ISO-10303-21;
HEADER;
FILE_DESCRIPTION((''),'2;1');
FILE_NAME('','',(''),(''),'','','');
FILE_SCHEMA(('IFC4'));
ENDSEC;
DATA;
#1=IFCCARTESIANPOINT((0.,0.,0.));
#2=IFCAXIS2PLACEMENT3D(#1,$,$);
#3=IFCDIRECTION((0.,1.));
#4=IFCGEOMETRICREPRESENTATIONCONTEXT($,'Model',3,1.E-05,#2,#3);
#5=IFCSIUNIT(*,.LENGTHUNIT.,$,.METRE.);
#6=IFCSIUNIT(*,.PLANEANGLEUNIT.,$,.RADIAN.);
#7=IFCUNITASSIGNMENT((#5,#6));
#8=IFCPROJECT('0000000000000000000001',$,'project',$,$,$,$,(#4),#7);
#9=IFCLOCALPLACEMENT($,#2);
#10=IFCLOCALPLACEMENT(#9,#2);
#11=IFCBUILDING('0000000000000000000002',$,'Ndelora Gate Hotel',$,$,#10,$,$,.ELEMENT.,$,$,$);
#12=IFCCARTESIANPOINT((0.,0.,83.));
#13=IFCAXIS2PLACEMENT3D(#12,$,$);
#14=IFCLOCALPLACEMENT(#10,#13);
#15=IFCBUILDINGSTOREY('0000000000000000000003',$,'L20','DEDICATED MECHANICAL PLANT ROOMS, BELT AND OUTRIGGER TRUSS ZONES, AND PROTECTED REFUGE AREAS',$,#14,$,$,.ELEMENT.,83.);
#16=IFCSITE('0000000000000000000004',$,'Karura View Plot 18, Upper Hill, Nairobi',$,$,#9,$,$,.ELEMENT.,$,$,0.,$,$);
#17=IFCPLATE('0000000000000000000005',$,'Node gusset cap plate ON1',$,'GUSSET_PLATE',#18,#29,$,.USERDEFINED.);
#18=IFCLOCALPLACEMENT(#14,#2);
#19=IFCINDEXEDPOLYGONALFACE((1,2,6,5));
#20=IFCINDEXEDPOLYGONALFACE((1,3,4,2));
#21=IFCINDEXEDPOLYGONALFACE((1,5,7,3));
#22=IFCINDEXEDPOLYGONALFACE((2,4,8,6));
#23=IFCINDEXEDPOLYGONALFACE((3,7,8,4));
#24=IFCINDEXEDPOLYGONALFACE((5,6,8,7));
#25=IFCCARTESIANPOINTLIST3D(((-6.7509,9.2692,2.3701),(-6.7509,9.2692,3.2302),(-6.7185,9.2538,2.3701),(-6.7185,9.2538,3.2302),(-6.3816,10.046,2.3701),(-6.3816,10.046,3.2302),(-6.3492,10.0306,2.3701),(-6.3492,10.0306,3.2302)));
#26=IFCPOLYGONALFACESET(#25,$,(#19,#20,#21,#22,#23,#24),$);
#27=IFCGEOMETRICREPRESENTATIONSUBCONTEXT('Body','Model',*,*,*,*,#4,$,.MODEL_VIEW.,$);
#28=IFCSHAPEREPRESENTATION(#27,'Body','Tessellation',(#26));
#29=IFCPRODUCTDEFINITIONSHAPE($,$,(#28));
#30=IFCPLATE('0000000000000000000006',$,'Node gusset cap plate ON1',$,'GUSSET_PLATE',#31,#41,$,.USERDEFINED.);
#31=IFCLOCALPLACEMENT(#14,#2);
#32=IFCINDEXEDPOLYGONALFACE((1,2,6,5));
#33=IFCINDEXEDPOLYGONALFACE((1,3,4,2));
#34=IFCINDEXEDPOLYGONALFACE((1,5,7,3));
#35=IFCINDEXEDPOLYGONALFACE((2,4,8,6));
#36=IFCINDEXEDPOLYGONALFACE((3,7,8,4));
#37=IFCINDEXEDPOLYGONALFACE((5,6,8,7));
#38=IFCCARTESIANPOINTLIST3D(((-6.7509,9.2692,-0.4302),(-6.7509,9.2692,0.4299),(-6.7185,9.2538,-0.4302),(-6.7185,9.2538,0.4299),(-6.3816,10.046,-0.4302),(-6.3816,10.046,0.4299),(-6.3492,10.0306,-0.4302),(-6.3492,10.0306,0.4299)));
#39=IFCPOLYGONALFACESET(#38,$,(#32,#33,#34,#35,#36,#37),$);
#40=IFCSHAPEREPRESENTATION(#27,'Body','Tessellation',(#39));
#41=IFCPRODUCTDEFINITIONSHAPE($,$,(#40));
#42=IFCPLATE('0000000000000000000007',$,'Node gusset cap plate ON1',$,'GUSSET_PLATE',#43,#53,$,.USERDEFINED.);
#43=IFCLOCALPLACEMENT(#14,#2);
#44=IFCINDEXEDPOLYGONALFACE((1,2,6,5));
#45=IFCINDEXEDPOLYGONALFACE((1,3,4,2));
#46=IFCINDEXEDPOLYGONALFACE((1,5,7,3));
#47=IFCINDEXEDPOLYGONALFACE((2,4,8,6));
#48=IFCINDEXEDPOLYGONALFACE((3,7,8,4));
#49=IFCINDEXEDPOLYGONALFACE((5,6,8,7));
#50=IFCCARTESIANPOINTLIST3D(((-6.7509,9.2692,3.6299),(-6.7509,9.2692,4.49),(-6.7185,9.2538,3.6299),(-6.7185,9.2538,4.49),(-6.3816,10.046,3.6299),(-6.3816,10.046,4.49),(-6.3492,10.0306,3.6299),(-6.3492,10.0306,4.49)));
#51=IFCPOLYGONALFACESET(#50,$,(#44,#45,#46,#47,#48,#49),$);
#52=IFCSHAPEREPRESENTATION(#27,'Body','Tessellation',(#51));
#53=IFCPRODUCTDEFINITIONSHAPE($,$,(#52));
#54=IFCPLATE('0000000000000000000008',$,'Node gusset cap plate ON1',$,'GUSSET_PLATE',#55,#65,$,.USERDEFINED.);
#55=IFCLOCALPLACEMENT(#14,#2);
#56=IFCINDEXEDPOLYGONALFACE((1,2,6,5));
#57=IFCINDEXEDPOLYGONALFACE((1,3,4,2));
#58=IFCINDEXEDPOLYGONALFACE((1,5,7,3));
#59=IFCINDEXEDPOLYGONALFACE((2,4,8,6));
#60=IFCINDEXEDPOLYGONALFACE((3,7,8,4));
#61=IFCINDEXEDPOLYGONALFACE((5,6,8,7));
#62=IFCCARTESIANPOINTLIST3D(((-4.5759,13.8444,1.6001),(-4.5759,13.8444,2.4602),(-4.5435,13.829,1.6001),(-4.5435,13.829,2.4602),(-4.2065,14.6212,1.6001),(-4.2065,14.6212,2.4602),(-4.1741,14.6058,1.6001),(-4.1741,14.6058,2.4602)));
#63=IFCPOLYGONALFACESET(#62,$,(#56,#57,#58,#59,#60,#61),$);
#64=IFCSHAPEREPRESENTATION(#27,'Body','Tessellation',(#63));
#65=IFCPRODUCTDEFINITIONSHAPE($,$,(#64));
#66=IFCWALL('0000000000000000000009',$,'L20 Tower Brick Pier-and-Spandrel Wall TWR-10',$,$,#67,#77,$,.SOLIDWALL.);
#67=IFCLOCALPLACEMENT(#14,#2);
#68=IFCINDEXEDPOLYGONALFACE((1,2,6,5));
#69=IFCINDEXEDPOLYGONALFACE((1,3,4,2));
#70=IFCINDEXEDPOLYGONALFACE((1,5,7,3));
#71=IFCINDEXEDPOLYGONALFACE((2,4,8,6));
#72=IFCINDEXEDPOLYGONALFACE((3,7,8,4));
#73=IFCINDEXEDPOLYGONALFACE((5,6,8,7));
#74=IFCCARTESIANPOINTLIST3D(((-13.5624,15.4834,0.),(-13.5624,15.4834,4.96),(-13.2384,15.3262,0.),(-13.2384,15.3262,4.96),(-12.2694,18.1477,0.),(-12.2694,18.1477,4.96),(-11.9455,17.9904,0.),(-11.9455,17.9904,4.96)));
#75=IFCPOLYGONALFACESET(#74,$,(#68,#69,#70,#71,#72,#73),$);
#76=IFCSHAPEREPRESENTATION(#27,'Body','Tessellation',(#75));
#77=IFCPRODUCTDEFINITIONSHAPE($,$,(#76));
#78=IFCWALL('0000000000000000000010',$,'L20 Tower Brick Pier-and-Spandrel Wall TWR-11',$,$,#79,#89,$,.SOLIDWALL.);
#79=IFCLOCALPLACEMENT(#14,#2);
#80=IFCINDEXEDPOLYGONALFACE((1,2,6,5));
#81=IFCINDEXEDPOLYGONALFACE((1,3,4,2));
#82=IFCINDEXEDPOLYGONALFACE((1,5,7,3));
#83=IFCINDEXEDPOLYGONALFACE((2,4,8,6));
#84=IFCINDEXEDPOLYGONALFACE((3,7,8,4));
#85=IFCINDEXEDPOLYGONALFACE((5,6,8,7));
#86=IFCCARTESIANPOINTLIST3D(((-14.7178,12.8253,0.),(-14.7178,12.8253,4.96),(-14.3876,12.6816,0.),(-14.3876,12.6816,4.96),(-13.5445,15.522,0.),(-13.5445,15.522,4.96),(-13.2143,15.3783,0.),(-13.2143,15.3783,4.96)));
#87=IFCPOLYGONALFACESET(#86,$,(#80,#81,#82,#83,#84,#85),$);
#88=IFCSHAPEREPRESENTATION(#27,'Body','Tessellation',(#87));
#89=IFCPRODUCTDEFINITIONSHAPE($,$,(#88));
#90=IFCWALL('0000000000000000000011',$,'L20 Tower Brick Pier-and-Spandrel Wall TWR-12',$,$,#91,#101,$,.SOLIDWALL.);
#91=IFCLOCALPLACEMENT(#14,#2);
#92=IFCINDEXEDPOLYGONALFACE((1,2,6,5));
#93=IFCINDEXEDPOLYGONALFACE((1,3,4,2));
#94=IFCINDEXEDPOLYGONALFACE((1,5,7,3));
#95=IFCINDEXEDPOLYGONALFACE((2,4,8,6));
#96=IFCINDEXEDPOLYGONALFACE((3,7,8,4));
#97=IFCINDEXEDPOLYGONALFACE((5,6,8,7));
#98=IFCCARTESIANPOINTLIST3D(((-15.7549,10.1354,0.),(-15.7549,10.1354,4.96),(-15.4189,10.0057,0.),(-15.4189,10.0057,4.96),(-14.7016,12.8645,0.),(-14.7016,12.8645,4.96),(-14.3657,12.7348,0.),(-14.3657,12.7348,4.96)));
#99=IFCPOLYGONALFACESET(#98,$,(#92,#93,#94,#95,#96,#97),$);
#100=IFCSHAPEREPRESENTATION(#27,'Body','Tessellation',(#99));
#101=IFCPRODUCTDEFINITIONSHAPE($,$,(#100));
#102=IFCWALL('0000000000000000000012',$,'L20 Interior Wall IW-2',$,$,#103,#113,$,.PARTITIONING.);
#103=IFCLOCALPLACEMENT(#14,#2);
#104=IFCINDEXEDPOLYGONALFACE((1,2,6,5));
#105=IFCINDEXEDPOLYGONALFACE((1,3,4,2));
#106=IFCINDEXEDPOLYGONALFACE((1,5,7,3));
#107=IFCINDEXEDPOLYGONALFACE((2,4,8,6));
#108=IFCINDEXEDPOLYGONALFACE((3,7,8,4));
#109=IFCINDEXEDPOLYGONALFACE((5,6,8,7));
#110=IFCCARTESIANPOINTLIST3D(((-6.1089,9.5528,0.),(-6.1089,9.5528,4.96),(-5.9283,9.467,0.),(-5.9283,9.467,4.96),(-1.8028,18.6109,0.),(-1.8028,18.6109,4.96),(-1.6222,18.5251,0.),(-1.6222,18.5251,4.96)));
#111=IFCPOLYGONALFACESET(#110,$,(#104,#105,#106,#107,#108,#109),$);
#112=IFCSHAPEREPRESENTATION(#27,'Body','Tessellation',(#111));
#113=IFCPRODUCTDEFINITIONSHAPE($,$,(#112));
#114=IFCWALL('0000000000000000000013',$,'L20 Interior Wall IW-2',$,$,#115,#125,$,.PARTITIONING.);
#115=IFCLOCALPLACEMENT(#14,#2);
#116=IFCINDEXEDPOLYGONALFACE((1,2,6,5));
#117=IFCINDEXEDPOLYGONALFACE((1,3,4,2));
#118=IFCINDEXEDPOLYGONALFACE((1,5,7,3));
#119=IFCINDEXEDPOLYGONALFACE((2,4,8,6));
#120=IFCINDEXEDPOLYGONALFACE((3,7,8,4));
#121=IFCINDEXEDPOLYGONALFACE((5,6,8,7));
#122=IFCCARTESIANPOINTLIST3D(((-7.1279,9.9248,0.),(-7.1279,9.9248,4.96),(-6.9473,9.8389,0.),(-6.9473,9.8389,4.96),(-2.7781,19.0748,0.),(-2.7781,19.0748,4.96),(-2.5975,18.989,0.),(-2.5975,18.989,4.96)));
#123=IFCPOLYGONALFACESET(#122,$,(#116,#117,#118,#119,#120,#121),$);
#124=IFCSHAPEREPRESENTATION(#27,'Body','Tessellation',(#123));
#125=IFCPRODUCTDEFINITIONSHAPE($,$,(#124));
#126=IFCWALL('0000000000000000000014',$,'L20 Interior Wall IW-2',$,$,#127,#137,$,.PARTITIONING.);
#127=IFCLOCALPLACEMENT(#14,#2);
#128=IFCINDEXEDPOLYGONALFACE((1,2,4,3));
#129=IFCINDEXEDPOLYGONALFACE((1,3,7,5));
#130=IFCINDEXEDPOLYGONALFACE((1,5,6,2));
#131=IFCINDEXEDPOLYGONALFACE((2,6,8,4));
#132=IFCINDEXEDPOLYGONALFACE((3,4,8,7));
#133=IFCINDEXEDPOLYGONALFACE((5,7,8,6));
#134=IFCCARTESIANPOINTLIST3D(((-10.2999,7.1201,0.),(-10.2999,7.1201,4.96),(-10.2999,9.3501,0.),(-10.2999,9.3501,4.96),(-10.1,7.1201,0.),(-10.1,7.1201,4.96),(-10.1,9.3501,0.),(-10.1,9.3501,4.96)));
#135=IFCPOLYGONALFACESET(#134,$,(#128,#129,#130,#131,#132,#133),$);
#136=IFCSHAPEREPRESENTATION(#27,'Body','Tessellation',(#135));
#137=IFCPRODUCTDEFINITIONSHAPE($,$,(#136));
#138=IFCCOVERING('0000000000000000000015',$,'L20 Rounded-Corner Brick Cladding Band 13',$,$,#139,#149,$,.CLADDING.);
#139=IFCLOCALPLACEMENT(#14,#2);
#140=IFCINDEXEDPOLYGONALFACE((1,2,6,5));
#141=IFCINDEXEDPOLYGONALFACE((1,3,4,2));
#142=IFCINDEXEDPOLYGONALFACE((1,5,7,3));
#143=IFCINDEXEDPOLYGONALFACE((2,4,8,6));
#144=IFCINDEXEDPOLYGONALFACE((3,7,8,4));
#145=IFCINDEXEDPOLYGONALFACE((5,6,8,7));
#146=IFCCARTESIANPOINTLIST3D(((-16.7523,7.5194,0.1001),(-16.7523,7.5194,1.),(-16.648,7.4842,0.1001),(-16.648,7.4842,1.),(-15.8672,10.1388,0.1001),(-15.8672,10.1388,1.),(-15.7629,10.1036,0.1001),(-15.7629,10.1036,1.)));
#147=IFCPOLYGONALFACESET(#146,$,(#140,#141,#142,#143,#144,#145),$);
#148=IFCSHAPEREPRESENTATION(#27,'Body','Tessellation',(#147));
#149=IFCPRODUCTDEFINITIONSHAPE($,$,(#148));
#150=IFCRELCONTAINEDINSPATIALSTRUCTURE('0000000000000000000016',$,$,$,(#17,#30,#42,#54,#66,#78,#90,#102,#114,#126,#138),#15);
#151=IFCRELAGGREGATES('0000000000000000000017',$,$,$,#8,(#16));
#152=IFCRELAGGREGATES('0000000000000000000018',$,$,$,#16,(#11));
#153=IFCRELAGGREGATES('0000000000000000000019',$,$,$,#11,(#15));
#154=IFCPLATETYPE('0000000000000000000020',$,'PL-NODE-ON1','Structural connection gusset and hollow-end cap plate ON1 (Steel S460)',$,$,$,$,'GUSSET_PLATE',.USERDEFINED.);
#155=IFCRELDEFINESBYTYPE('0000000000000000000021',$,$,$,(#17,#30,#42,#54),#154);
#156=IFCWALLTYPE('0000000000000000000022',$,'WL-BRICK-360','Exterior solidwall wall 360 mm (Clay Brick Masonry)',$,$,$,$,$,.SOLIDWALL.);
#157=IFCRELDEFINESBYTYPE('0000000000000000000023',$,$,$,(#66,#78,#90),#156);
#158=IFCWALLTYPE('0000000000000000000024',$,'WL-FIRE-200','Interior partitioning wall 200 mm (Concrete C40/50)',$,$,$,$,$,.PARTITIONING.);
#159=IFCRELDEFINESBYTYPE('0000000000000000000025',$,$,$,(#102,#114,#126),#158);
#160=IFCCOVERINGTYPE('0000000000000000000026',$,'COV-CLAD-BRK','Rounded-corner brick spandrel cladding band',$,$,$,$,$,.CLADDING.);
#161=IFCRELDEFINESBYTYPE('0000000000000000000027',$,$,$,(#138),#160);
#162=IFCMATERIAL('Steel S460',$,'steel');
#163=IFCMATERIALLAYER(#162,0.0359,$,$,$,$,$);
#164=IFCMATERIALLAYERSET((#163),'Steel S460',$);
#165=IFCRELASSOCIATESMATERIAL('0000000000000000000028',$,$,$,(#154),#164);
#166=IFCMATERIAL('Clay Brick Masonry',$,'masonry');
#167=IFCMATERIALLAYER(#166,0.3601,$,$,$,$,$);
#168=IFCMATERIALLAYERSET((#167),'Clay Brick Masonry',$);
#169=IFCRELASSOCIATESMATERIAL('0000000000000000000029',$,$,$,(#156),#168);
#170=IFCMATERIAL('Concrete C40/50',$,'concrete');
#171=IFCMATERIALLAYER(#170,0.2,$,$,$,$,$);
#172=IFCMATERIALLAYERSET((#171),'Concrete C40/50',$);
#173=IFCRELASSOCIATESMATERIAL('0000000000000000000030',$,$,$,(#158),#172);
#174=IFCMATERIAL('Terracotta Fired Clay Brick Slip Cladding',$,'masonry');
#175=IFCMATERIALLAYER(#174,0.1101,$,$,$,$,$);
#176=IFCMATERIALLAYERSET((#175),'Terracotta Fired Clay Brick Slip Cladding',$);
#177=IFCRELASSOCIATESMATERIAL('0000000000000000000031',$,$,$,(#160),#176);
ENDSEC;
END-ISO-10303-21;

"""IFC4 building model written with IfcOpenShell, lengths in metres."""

from ifc_helpers import new_model, si_unit, direction, frame, frame_2d, origin, origin_2d, place, context, subcontext, project, spatial, rectangle, extrude, material, layer, layer_set, type_object, element, save


model = new_model("IFC4")

# Units and contexts
model_context = context("Model", 3, precision=1e-05, world=origin(), true_north=direction((0.0, 1.0)))
body_context = subcontext(model_context, "Body", "Model", "MODEL_VIEW")
ifc_project = project(units=[si_unit("LENGTHUNIT", "METRE"), si_unit("PLANEANGLEUNIT", "RADIAN")], contexts=[model_context])

# Site, building, storey
site_placement = place(None, origin())
site = spatial("IfcSite", under=ifc_project, at=site_placement, Name="Karura View Plot 18, Upper Hill, Nairobi", CompositionType="ELEMENT", RefElevation=0.0)
building_placement = place(site_placement, origin())
building = spatial("IfcBuilding", under=site, at=building_placement, Name="Ndelora Gate Hotel", CompositionType="ELEMENT")
storey_placement = place(building_placement, frame((0.0, 0.0, 83.0)))
storey = spatial("IfcBuildingStorey", under=building, at=storey_placement, Name="L20", Description="DEDICATED MECHANICAL PLANT ROOMS, BELT AND OUTRIGGER TRUSS ZONES, AND PROTECTED REFUGE AREAS", CompositionType="ELEMENT", Elevation=83.0)

# Shared definitions
ifc_material_1 = material(Name="Steel S460", Category="steel")

# Plates
ifc_layer_1 = layer(ifc_material_1, 0.0359)
ifc_layer_set_1 = layer_set([ifc_layer_1], Name="Steel S460")
plate_type_1 = type_object("IfcPlateType", Name="PL-NODE-ON1", Description="Structural connection gusset and hollow-end cap plate ON1 (Steel S460)", ElementType="GUSSET_PLATE", PredefinedType="USERDEFINED", material=ifc_layer_set_1)
for number, where, z_axis, x_axis, name in (
    (1, (-6.55, 9.6499, 2.3701), (0.0, 0.0, 1.0), (0.429408, 0.903111, 0.0), "Node gusset cap plate ON1"),
    (2, (-6.55, 9.6499, -0.4302), (0.0, 0.0, 1.0), (0.429408, 0.903111, 0.0), "Node gusset cap plate ON1"),
    (3, (-6.55, 9.6499, 3.6299), (0.0, 0.0, 1.0), (0.429408, 0.903111, 0.0), "Node gusset cap plate ON1"),
    (4, (-4.375, 14.2251, 1.6001), (0.0, 0.0, 1.0), (0.429408, 0.903111, 0.0), "Node gusset cap plate ON1"),
):
    element("IfcPlate", number, at=place(storey_placement, frame(where, z_axis=z_axis, x_axis=x_axis)), inside=storey, type_object=plate_type_1, Name=name, ObjectType="GUSSET_PLATE", PredefinedType="USERDEFINED", context=body_context, shape_type="SweptSolid", body=[
        extrude(rectangle(XDim=0.8601, YDim=0.0359, at=origin_2d()), origin(), (0.0, 0.0, 1.0), 0.8601),
    ])

# Walls
ifc_material_2 = material(Name="Clay Brick Masonry", Category="masonry")
ifc_layer_2 = layer(ifc_material_2, 0.3601)
ifc_layer_set_2 = layer_set([ifc_layer_2], Name="Clay Brick Masonry")
wall_type_1 = type_object("IfcWallType", Name="WL-BRICK-360", Description="Exterior solidwall wall 360 mm (Clay Brick Masonry)", PredefinedType="SOLIDWALL", material=ifc_layer_set_2)
wall_1_placement = place(storey_placement, frame((-13.4004, 15.4048, 0.0), z_axis=(0.0, 0.0, 1.0), x_axis=(0.436597, 0.899657, 0.0)))
element("IfcWall", 5, at=wall_1_placement, inside=storey, type_object=wall_type_1, Name="L20 Tower Brick Pier-and-Spandrel Wall TWR-10", PredefinedType="SOLIDWALL", context=body_context, shape_type="SweptSolid", body=[
    extrude(rectangle(XDim=2.9614, YDim=0.3601, at=frame_2d((1.4807, 0.0))), origin(), (0.0, 0.0, 1.0), 4.96),
])
wall_2_placement = place(storey_placement, frame((-14.5527, 12.7534, 0.0), z_axis=(0.0, 0.0, 1.0), x_axis=(0.398963, 0.916967, 0.0)))
element("IfcWall", 6, at=wall_2_placement, inside=storey, type_object=wall_type_1, Name="L20 Tower Brick Pier-and-Spandrel Wall TWR-11", PredefinedType="SOLIDWALL", context=body_context, shape_type="SweptSolid", body=[
    extrude(rectangle(XDim=2.9409, YDim=0.3601, at=frame_2d((1.4705, 0.0))), origin(), (0.0, 0.0, 1.0), 4.96),
])
wall_3_placement = place(storey_placement, frame((-15.5869, 10.0706, 0.0), z_axis=(0.0, 0.0, 1.0), x_axis=(0.360053, 0.932932, 0.0)))
element("IfcWall", 7, at=wall_3_placement, inside=storey, type_object=wall_type_1, Name="L20 Tower Brick Pier-and-Spandrel Wall TWR-12", PredefinedType="SOLIDWALL", context=body_context, shape_type="SweptSolid", body=[
    extrude(rectangle(XDim=2.9253, YDim=0.3601, at=frame_2d((1.4626, 0.0))), origin(), (0.0, 0.0, 1.0), 4.96),
])
ifc_material_3 = material(Name="Concrete C40/50", Category="concrete")
ifc_layer_3 = layer(ifc_material_3, 0.2)
ifc_layer_set_3 = layer_set([ifc_layer_3], Name="Concrete C40/50")
wall_type_2 = type_object("IfcWallType", Name="WL-FIRE-200", Description="Interior partitioning wall 200 mm (Concrete C40/50)", PredefinedType="PARTITIONING", material=ifc_layer_set_3)
wall_4_placement = place(storey_placement, frame((-6.0186, 9.51, 0.0), z_axis=(0.0, 0.0, 1.0), x_axis=(0.429346, 0.90314, 0.0)))
element("IfcWall", 8, at=wall_4_placement, inside=storey, type_object=wall_type_2, Name="L20 Interior Wall IW-2", PredefinedType="PARTITIONING", context=body_context, shape_type="SweptSolid", body=[
    extrude(rectangle(XDim=10.0295, YDim=0.2, at=frame_2d((5.0146, 0.0))), origin(), (0.0, 0.0, 1.0), 4.96),
])
wall_5_placement = place(storey_placement, frame((-7.0376, 9.8818, 0.0), z_axis=(0.0, 0.0, 1.0), x_axis=(0.429341, 0.903142, 0.0)))
element("IfcWall", 9, at=wall_5_placement, inside=storey, type_object=wall_type_2, Name="L20 Interior Wall IW-2", PredefinedType="PARTITIONING", context=body_context, shape_type="SweptSolid", body=[
    extrude(rectangle(XDim=10.1313, YDim=0.2, at=frame_2d((5.0657, 0.0))), origin(), (0.0, 0.0, 1.0), 4.96),
])
wall_6_placement = place(storey_placement, frame((-10.2, 9.3501, 0.0), z_axis=(0.0, 0.0, 1.0), x_axis=(0.0, -1.0, 0.0)))
element("IfcWall", 10, at=wall_6_placement, inside=storey, type_object=wall_type_2, Name="L20 Interior Wall IW-2", PredefinedType="PARTITIONING", context=body_context, shape_type="SweptSolid", body=[
    extrude(rectangle(XDim=2.23, YDim=0.2, at=frame_2d((1.115, 0.0))), origin(), (0.0, 0.0, 1.0), 4.96),
])

# Covering
ifc_material_4 = material(Name="Terracotta Fired Clay Brick Slip Cladding", Category="masonry")
ifc_layer_4 = layer(ifc_material_4, 0.1101)
ifc_layer_set_4 = layer_set([ifc_layer_4], Name="Terracotta Fired Clay Brick Slip Cladding")
covering_type = type_object("IfcCoveringType", Name="COV-CLAD-BRK", Description="Rounded-corner brick spandrel cladding band", PredefinedType="CLADDING", material=ifc_layer_set_4)
covering_placement = place(storey_placement, frame((-16.2576, 8.8115, 0.1001), z_axis=(0.0, 0.0, 1.0), x_axis=(0.320117, 0.947378, 0.0)))
element("IfcCovering", 11, at=covering_placement, inside=storey, type_object=covering_type, Name="L20 Rounded-Corner Brick Cladding Band 13", PredefinedType="CLADDING", context=body_context, shape_type="SweptSolid", body=[
    extrude(rectangle(XDim=2.7649, YDim=0.1101, at=origin_2d()), origin(), (0.0, 0.0, 1.0), 0.8999),
])

save(model, "model.ifc")
